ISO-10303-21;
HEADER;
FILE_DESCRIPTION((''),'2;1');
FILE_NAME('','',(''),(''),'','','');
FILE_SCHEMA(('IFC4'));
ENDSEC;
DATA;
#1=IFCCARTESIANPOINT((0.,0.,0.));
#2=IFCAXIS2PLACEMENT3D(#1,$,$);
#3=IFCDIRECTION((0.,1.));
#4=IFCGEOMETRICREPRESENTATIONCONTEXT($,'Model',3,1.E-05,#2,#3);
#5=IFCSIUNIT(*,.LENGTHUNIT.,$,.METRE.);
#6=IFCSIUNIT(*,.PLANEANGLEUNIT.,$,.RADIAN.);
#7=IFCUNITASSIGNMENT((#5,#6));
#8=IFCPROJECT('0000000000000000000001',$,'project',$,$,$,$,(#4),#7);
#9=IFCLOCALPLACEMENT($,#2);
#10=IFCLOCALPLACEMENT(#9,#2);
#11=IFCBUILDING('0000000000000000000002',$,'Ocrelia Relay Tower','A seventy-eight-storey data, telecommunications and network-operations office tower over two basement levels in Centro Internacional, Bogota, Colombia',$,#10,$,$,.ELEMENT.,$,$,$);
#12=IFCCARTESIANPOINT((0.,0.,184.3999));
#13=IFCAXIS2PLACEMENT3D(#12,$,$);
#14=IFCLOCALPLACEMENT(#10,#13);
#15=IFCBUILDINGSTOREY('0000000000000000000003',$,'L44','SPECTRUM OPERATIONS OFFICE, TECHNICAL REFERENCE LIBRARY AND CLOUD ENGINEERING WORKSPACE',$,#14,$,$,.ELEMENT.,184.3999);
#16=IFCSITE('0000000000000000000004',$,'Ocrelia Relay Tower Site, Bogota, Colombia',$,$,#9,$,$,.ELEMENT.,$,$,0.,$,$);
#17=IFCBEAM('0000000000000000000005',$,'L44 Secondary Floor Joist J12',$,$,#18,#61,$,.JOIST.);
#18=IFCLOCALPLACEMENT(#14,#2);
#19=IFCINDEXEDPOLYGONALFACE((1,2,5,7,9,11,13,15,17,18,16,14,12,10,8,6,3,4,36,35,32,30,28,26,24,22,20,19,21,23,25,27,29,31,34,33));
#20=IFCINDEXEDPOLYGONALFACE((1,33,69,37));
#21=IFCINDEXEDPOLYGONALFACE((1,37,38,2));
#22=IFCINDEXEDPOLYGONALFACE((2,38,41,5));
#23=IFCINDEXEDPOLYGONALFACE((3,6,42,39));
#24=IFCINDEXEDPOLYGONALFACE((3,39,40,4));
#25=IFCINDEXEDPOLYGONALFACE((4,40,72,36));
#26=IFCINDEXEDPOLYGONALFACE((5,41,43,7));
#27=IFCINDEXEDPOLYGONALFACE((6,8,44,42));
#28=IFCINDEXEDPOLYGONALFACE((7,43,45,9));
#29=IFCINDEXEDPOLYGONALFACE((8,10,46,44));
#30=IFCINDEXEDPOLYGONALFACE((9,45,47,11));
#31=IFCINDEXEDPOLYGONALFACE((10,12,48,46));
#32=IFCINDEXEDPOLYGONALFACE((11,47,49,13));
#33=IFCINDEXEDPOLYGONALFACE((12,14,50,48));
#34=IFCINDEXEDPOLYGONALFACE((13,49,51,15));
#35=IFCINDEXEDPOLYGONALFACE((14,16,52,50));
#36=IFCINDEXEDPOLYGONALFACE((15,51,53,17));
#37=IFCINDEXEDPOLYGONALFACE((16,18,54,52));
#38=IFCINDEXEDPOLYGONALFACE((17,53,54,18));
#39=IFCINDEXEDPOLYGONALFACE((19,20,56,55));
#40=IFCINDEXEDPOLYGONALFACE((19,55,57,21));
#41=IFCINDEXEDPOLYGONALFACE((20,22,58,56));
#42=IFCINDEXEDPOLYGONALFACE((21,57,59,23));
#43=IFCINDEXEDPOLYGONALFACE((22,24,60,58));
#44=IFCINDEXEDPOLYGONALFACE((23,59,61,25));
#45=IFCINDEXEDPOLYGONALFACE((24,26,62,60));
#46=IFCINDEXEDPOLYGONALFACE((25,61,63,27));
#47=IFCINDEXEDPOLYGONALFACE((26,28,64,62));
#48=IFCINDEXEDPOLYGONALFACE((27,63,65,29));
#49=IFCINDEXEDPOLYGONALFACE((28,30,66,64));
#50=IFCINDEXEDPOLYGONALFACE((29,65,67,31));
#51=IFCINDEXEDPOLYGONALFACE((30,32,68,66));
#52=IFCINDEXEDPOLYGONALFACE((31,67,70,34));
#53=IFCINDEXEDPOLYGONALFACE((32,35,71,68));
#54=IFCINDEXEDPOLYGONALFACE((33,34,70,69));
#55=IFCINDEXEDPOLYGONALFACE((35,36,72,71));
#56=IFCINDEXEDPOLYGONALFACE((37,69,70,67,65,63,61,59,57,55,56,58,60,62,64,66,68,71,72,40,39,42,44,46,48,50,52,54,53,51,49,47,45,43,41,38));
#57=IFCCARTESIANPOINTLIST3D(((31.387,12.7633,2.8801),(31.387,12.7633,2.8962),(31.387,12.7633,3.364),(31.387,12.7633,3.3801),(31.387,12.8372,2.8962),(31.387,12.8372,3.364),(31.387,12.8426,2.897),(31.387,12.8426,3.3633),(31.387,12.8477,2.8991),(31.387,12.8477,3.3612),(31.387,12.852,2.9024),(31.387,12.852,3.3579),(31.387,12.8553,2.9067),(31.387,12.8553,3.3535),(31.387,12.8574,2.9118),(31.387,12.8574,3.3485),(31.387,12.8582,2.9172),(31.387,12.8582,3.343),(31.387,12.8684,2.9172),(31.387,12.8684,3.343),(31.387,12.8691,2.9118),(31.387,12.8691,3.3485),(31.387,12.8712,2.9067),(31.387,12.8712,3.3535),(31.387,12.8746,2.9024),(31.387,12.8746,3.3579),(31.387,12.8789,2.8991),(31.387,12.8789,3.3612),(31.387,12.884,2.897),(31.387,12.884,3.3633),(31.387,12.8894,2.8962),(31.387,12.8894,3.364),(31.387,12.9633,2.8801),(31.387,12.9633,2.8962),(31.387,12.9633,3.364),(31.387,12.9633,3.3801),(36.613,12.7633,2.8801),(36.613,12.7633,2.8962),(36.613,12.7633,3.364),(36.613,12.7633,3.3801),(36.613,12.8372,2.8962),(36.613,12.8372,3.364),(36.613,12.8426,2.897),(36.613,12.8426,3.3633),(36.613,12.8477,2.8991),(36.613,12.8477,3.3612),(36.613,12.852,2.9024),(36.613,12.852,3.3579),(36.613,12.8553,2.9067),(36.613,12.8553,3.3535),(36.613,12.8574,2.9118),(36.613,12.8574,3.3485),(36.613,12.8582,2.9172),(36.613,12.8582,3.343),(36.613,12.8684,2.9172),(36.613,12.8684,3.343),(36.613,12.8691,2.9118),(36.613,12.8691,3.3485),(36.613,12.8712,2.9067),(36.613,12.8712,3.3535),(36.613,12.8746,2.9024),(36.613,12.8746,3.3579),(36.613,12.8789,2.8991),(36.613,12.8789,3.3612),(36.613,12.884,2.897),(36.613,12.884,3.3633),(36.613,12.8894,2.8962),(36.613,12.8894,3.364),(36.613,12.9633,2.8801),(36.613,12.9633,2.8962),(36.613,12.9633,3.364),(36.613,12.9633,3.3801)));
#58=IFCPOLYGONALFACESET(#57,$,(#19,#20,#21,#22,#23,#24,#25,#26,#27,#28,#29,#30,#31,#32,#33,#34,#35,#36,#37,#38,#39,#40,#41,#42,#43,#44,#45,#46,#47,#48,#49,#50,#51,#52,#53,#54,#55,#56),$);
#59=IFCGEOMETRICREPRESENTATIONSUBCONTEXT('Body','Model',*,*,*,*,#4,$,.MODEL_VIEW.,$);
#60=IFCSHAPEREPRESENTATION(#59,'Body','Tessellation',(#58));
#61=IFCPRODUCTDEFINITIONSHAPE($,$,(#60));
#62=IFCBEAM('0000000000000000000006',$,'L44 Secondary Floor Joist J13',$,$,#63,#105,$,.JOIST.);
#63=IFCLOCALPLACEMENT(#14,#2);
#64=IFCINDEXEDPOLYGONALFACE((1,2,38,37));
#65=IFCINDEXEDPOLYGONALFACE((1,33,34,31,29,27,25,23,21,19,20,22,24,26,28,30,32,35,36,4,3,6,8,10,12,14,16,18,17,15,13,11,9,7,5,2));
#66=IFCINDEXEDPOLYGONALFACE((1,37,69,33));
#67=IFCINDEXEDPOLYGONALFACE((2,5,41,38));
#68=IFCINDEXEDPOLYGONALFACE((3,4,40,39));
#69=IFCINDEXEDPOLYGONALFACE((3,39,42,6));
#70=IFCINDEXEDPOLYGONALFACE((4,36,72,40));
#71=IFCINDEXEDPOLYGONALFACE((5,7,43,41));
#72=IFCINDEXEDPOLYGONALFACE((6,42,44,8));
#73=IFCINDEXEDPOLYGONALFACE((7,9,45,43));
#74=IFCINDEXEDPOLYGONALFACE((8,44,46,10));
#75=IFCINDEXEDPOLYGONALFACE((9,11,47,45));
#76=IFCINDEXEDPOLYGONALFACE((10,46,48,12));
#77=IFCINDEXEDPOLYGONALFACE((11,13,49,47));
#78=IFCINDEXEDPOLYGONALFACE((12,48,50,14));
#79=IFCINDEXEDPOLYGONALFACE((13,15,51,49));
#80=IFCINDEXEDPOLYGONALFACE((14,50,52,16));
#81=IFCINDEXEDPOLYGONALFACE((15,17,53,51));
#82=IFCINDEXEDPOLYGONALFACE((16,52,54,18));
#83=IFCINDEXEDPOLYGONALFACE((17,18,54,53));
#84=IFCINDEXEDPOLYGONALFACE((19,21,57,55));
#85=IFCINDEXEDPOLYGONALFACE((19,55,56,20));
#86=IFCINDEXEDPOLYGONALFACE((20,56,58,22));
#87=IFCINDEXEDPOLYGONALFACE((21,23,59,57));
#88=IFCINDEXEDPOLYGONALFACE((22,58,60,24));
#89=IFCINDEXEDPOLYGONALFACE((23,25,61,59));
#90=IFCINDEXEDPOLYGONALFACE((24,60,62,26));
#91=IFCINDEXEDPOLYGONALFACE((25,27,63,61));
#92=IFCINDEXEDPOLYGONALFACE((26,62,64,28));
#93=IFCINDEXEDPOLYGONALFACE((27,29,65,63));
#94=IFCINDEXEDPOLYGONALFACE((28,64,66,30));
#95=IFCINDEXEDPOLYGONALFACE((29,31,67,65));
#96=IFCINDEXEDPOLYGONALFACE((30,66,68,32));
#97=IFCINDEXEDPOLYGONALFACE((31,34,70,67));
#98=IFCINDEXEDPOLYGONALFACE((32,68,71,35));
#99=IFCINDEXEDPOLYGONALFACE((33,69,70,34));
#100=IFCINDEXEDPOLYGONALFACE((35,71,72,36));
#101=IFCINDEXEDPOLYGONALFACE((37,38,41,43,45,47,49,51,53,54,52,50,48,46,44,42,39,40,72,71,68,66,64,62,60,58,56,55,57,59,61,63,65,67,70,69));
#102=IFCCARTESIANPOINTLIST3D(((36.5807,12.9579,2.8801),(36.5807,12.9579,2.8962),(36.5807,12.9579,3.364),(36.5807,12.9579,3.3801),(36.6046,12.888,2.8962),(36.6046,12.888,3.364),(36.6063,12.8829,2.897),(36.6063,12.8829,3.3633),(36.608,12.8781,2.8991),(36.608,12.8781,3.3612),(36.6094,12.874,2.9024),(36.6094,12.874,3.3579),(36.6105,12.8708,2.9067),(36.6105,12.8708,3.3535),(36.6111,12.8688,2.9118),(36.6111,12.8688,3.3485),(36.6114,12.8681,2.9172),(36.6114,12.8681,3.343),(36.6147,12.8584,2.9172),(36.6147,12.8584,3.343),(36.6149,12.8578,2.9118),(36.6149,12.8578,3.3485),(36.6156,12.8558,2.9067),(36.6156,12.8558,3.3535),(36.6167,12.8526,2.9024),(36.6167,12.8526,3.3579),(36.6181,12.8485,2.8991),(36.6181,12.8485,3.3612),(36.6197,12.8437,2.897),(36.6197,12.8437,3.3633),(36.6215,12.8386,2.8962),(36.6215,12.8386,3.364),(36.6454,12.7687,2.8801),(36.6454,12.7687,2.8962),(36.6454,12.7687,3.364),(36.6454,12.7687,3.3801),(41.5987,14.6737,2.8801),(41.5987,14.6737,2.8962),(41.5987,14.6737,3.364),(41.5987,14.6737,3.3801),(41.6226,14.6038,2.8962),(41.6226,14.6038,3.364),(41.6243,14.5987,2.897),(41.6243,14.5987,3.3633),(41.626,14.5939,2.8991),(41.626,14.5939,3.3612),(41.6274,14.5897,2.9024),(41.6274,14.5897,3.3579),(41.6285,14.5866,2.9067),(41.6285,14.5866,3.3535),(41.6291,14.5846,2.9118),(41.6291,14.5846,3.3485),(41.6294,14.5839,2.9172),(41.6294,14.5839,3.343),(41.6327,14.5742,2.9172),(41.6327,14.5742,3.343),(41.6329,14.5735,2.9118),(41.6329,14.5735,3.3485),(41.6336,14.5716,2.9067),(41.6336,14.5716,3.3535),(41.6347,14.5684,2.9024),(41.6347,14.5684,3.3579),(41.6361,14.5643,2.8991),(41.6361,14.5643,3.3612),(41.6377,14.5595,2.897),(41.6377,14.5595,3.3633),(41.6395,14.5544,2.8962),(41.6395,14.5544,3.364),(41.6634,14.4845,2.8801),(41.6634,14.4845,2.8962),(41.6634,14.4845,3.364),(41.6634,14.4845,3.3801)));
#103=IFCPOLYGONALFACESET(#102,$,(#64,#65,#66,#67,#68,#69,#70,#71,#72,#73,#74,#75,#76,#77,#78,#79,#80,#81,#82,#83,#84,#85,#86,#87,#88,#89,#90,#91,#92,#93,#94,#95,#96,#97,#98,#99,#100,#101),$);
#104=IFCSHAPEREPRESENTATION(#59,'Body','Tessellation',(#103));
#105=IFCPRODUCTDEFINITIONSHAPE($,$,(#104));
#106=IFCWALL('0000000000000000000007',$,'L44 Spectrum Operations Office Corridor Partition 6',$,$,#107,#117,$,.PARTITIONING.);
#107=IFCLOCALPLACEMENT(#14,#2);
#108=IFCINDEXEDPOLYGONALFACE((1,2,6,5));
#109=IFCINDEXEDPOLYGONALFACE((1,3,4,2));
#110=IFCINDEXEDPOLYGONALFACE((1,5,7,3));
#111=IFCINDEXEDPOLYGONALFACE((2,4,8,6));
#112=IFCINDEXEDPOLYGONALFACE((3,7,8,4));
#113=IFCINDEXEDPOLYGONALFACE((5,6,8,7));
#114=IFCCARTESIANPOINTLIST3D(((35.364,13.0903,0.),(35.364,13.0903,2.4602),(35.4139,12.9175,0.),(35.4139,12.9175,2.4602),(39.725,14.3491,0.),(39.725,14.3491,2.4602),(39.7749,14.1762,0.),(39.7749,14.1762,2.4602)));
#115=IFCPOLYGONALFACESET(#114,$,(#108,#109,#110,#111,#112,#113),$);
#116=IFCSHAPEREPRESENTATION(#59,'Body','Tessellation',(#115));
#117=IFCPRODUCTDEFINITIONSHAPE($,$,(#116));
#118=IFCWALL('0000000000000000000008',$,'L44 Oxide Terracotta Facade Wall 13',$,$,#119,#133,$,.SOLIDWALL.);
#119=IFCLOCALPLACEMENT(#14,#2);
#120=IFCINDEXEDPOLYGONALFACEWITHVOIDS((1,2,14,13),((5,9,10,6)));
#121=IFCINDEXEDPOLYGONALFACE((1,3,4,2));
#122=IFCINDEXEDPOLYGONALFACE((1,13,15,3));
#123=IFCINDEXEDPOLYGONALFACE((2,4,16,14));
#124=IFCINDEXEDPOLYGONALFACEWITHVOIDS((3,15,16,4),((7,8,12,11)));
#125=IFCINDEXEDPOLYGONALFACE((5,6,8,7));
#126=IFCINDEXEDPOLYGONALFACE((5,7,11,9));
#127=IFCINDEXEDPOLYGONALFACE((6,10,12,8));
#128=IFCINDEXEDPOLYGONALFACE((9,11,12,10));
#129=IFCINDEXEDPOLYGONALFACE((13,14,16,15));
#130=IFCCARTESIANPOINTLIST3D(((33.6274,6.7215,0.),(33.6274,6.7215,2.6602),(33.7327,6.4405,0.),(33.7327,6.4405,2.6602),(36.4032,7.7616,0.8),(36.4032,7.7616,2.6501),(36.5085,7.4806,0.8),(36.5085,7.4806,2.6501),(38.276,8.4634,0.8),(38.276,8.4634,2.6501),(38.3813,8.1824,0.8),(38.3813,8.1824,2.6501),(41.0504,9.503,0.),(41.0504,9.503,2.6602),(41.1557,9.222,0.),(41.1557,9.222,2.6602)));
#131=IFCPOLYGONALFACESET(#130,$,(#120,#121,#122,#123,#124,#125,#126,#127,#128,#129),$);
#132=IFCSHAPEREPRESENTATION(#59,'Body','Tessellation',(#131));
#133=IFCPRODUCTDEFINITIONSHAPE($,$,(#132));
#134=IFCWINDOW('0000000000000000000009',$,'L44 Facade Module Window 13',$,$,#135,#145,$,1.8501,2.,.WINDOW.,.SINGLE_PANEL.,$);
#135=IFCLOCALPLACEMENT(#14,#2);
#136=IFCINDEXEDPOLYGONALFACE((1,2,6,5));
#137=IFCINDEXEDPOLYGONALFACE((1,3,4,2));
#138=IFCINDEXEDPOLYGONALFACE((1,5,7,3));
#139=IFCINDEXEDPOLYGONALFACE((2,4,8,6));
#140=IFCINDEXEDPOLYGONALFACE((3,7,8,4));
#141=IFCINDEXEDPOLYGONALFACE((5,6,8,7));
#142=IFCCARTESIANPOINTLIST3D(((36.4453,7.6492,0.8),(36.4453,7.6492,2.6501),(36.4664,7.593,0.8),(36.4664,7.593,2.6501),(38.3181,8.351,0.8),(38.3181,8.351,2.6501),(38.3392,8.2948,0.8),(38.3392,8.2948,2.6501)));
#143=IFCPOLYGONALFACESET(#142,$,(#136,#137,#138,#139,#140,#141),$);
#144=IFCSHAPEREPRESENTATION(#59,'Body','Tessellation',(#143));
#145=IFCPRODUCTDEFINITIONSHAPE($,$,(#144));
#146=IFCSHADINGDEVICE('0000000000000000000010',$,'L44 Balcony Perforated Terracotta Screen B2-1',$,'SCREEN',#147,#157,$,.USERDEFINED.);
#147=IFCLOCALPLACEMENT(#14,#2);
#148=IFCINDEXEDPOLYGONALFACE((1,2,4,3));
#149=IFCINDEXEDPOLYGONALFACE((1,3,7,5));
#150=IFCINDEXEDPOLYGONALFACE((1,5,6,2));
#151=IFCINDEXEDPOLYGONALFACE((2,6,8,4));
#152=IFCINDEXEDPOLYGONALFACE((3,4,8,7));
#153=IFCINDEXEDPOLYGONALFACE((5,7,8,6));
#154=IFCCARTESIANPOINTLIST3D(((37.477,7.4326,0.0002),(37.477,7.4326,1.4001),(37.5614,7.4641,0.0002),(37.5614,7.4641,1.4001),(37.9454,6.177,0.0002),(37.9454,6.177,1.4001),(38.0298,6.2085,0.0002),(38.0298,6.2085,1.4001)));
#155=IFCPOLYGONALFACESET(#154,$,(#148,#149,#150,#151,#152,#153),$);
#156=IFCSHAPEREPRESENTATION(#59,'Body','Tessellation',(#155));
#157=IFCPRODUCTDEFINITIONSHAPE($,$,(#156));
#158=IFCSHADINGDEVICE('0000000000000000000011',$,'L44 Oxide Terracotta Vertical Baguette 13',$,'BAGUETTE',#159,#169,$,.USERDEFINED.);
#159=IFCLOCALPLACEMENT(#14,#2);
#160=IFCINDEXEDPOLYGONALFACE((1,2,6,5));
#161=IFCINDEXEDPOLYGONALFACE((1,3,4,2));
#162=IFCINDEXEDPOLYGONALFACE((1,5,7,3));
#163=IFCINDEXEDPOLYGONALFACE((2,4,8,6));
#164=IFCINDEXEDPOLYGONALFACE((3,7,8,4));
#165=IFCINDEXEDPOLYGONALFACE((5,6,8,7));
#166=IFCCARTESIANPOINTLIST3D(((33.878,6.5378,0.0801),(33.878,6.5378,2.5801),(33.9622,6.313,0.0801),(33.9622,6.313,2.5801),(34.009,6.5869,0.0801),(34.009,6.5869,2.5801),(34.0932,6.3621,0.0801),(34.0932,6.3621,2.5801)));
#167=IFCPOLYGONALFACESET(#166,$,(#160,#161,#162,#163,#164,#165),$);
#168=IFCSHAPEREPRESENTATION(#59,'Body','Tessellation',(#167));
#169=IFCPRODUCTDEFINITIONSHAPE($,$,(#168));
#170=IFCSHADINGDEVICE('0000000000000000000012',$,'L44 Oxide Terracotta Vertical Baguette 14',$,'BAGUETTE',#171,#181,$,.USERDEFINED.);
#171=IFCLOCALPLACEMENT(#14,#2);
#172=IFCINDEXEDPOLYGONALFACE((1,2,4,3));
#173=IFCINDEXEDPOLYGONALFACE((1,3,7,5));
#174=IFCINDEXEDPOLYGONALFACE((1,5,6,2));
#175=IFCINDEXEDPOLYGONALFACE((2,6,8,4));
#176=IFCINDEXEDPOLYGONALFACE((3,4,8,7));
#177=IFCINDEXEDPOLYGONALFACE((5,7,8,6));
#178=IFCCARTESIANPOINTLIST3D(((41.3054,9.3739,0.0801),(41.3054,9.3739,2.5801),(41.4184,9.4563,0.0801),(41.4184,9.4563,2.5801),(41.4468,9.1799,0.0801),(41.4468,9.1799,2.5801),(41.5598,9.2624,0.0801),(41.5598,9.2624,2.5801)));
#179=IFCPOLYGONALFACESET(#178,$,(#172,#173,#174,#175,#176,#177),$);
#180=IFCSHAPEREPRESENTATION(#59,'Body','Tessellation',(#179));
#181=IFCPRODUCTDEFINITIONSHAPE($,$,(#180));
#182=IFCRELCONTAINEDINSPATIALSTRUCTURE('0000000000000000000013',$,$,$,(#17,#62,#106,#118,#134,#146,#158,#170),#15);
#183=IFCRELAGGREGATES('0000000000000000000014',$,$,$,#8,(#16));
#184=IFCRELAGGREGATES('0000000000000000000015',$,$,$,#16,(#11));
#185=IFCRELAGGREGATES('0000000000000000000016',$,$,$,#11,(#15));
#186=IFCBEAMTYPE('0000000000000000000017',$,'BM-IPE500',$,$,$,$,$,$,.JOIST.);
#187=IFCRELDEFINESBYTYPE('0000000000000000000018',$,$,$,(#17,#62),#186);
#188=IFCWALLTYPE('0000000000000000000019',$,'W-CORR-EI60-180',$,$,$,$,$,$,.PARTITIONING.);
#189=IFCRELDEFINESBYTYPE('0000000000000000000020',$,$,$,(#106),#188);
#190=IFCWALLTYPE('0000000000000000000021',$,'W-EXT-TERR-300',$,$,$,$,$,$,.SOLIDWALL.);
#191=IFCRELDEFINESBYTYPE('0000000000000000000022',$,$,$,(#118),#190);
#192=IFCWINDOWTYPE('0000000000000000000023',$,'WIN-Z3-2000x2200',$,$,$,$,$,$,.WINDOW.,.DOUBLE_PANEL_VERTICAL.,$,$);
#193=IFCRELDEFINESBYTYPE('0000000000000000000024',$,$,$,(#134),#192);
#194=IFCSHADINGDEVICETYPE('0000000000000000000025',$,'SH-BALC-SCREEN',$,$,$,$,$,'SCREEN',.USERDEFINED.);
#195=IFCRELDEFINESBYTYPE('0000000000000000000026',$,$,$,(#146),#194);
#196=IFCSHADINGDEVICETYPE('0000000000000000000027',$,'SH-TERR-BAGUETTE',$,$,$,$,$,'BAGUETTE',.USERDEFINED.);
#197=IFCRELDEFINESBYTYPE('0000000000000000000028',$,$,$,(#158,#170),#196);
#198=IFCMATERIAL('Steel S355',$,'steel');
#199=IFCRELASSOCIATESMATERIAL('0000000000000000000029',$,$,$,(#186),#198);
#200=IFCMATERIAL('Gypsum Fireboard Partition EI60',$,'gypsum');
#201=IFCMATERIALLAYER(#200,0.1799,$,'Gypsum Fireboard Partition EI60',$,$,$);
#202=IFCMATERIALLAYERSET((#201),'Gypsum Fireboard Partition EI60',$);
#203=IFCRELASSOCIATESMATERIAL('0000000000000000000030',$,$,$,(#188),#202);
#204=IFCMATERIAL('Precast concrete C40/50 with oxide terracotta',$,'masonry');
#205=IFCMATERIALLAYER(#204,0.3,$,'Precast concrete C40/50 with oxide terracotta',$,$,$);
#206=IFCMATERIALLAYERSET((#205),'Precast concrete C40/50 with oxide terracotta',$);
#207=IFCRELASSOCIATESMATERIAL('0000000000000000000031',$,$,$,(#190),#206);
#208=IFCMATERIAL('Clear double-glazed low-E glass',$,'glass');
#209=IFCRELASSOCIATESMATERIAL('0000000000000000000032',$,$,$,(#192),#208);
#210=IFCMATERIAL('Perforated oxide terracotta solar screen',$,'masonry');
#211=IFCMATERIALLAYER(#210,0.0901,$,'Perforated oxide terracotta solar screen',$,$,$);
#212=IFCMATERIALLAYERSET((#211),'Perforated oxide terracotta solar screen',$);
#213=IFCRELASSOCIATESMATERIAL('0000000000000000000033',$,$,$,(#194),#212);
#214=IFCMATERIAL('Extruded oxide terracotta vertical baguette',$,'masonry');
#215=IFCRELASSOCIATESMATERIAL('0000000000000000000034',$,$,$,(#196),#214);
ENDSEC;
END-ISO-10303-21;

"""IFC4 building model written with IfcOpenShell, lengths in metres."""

from ifc_helpers import new_model, si_unit, direction, frame, frame_2d, origin, origin_2d, place, context, subcontext, project, spatial, rectangle, i_section, extrude, material, layer, layer_set, material_profile, profile_set, type_object, element, fill, save


model = new_model("IFC4")

# Units and contexts
model_context = context("Model", 3, precision=1e-05, world=origin(), true_north=direction((0.0, 1.0)))
body_context = subcontext(model_context, "Body", "Model", "MODEL_VIEW")
ifc_project = project(units=[si_unit("LENGTHUNIT", "METRE"), si_unit("PLANEANGLEUNIT", "RADIAN")], contexts=[model_context])

# Site, building, storey
site_placement = place(None, origin())
site = spatial("IfcSite", under=ifc_project, at=site_placement, Name="Ocrelia Relay Tower Site, Bogota, Colombia", CompositionType="ELEMENT", RefElevation=0.0)
building_placement = place(site_placement, origin())
building = spatial("IfcBuilding", under=site, at=building_placement, Name="Ocrelia Relay Tower", Description="A seventy-eight-storey data, telecommunications and network-operations office tower over two basement levels in Centro Internacional, Bogota, Colombia", CompositionType="ELEMENT")
storey_placement = place(building_placement, frame((0.0, 0.0, 184.3999)))
storey = spatial("IfcBuildingStorey", under=building, at=storey_placement, Name="L44", Description="SPECTRUM OPERATIONS OFFICE, TECHNICAL REFERENCE LIBRARY AND CLOUD ENGINEERING WORKSPACE", CompositionType="ELEMENT", Elevation=184.3999)

# Beams
ifc_material_1 = material(Name="Steel S355", Category="steel")
ifc_material_profile_1 = material_profile(ifc_material_1, i_section(OverallWidth=0.2, OverallDepth=0.5, WebThickness=0.0103, FlangeThickness=0.0161, FilletRadius=0.021, at=origin_2d()), Name="IPE 500")
ifc_profile_set_1 = profile_set([ifc_material_profile_1], Name="Steel S355")
beam_type_1 = type_object("IfcBeamType", Name="BM-IPE500", PredefinedType="JOIST", material=ifc_profile_set_1)
beam_1_placement = place(storey_placement, frame((31.387, 12.8633, 3.1301), z_axis=(1.0, 0.0, 0.0), x_axis=(0.0, 1.0, 0.0)))
element("IfcBeam", 1, at=beam_1_placement, inside=storey, type_object=beam_type_1, Name="L44 Secondary Floor Joist J12", PredefinedType="JOIST", context=body_context, shape_type="SweptSolid", body=[
    extrude(i_section(OverallWidth=0.2, OverallDepth=0.5, WebThickness=0.0103, FlangeThickness=0.0161, FilletRadius=0.021, at=origin_2d()), origin(), (0.0, 0.0, 1.0), 5.2261),
])
beam_2_placement = place(storey_placement, frame((36.613, 12.8633, 3.1301), z_axis=(0.946215, 0.323538, 0.0), x_axis=(-0.323538, 0.946215, 0.0)))
element("IfcBeam", 2, at=beam_2_placement, inside=storey, type_object=beam_type_1, Name="L44 Secondary Floor Joist J13", PredefinedType="JOIST", context=body_context, shape_type="SweptSolid", body=[
    extrude(i_section(OverallWidth=0.2, OverallDepth=0.5, WebThickness=0.0103, FlangeThickness=0.0161, FilletRadius=0.021, at=origin_2d()), origin(), (0.0, 0.0, 1.0), 5.3032),
])

# Wall
ifc_material_2 = material(Name="Gypsum Fireboard Partition EI60", Category="gypsum")
ifc_layer_1 = layer(ifc_material_2, 0.1799, Name="Gypsum Fireboard Partition EI60")
ifc_layer_set_1 = layer_set([ifc_layer_1], Name="Gypsum Fireboard Partition EI60")
wall_type_1 = type_object("IfcWallType", Name="W-CORR-EI60-180", PredefinedType="PARTITIONING", material=ifc_layer_set_1)
wall_1_placement = place(storey_placement, frame((35.3889, 13.0039, 0.0), z_axis=(0.0, 0.0, 1.0), x_axis=(0.960778, 0.27732, 0.0)))
element("IfcWall", 3, at=wall_1_placement, inside=storey, type_object=wall_type_1, Name="L44 Spectrum Operations Office Corridor Partition 6", PredefinedType="PARTITIONING", context=body_context, shape_type="SweptSolid", body=[
    extrude(rectangle(XDim=4.5391, YDim=0.1799, at=frame_2d((2.2695, 0.0))), origin(), (0.0, 0.0, 1.0), 2.4602),
])

# Wall, opening, window
ifc_material_3 = material(Name="Precast concrete C40/50 with oxide terracotta", Category="masonry")
ifc_layer_2 = layer(ifc_material_3, 0.3, Name="Precast concrete C40/50 with oxide terracotta")
ifc_layer_set_2 = layer_set([ifc_layer_2], Name="Precast concrete C40/50 with oxide terracotta")
wall_type_2 = type_object("IfcWallType", Name="W-EXT-TERR-300", PredefinedType="SOLIDWALL", material=ifc_layer_set_2)
wall_2_placement = place(storey_placement, frame((33.6802, 6.5811, 0.0), z_axis=(0.0, 0.0, 1.0), x_axis=(0.936419, 0.350884, 0.0)))
wall_2 = element("IfcWall", 4, at=wall_2_placement, inside=storey, type_object=wall_type_2, Name="L44 Oxide Terracotta Facade Wall 13", PredefinedType="SOLIDWALL", context=body_context, shape_type="SweptSolid", body=[
    extrude(rectangle(XDim=7.927, YDim=0.3, at=frame_2d((3.9634, 0.0))), origin(), (0.0, 0.0, 1.0), 2.6602),
])
opening_1_placement = place(wall_2_placement, frame((2.9641, 0.0, 0.8)))
opening_1 = element("IfcOpeningElement", 5, at=opening_1_placement, cuts=wall_2, PredefinedType="OPENING", context=body_context, shape_type="SweptSolid", body=[
    extrude(rectangle(XDim=2.0, YDim=1.8501, at=frame_2d((1.0, 0.925))), frame((0.0, 0.1602, 0.0), z_axis=(0.0, -1.0, 0.0), x_axis=(1.0, 0.0, 0.0)), (0.0, 0.0, 1.0), 0.3201),
])
ifc_material_4 = material(Name="Clear double-glazed low-E glass", Category="glass")
window_type = type_object("IfcWindowType", Name="WIN-Z3-2000x2200", PartitioningType="DOUBLE_PANEL_VERTICAL", PredefinedType="WINDOW", material=ifc_material_4)
window_placement = place(opening_1_placement, origin())
window = element("IfcWindow", 6, at=window_placement, inside=storey, type_object=window_type, Name="L44 Facade Module Window 13", OverallHeight=1.8501, OverallWidth=2.0, PartitioningType="SINGLE_PANEL", PredefinedType="WINDOW", context=body_context, shape_type="SweptSolid", body=[
    extrude(rectangle(XDim=2.0, YDim=1.8501, at=frame_2d((1.0, 0.925))), frame((0.0, 0.03, 0.0), z_axis=(0.0, -1.0, 0.0), x_axis=(1.0, 0.0, 0.0)), (0.0, 0.0, 1.0), 0.0601),
])
fill(opening_1, window)

# Shading devices
ifc_material_5 = material(Name="Perforated oxide terracotta solar screen", Category="masonry")
ifc_layer_3 = layer(ifc_material_5, 0.0901, Name="Perforated oxide terracotta solar screen")
ifc_layer_set_3 = layer_set([ifc_layer_3], Name="Perforated oxide terracotta solar screen")
shading_device_type_1 = type_object("IfcShadingDeviceType", Name="SH-BALC-SCREEN", ElementType="SCREEN", PredefinedType="USERDEFINED", material=ifc_layer_set_3)
shading_device_1_placement = place(storey_placement, frame((37.7534, 6.8206, 0.0002), z_axis=(0.0, 0.0, 1.0), x_axis=(0.349487, -0.936941, 0.0)))
element("IfcShadingDevice", 7, at=shading_device_1_placement, inside=storey, type_object=shading_device_type_1, Name="L44 Balcony Perforated Terracotta Screen B2-1", ObjectType="SCREEN", PredefinedType="USERDEFINED", context=body_context, shape_type="SweptSolid", body=[
    extrude(rectangle(XDim=1.3401, YDim=0.0901, at=origin_2d()), origin(), (0.0, 0.0, 1.0), 1.3999),
])
ifc_material_6 = material(Name="Extruded oxide terracotta vertical baguette", Category="masonry")
shading_device_type_2 = type_object("IfcShadingDeviceType", Name="SH-TERR-BAGUETTE", ElementType="BAGUETTE", PredefinedType="USERDEFINED", material=ifc_material_6)
for number, where, z_axis, x_axis, name in (
    (8, (33.9856, 6.45, 0.0801), (0.0, 0.0, 1.0), (0.936417, 0.350888, 0.0), "L44 Oxide Terracotta Vertical Baguette 13"),
    (9, (41.4326, 9.3181, 0.0801), (0.0, 0.0, 1.0), (0.807992, 0.589194, 0.0), "L44 Oxide Terracotta Vertical Baguette 14"),
):
    element("IfcShadingDevice", number, at=place(storey_placement, frame(where, z_axis=z_axis, x_axis=x_axis)), inside=storey, type_object=shading_device_type_2, Name=name, ObjectType="BAGUETTE", PredefinedType="USERDEFINED", context=body_context, shape_type="SweptSolid", body=[
        extrude(rectangle(XDim=0.1399, YDim=0.24, at=origin_2d()), origin(), (0.0, 0.0, 1.0), 2.5),
    ])

save(model, "model.ifc")
